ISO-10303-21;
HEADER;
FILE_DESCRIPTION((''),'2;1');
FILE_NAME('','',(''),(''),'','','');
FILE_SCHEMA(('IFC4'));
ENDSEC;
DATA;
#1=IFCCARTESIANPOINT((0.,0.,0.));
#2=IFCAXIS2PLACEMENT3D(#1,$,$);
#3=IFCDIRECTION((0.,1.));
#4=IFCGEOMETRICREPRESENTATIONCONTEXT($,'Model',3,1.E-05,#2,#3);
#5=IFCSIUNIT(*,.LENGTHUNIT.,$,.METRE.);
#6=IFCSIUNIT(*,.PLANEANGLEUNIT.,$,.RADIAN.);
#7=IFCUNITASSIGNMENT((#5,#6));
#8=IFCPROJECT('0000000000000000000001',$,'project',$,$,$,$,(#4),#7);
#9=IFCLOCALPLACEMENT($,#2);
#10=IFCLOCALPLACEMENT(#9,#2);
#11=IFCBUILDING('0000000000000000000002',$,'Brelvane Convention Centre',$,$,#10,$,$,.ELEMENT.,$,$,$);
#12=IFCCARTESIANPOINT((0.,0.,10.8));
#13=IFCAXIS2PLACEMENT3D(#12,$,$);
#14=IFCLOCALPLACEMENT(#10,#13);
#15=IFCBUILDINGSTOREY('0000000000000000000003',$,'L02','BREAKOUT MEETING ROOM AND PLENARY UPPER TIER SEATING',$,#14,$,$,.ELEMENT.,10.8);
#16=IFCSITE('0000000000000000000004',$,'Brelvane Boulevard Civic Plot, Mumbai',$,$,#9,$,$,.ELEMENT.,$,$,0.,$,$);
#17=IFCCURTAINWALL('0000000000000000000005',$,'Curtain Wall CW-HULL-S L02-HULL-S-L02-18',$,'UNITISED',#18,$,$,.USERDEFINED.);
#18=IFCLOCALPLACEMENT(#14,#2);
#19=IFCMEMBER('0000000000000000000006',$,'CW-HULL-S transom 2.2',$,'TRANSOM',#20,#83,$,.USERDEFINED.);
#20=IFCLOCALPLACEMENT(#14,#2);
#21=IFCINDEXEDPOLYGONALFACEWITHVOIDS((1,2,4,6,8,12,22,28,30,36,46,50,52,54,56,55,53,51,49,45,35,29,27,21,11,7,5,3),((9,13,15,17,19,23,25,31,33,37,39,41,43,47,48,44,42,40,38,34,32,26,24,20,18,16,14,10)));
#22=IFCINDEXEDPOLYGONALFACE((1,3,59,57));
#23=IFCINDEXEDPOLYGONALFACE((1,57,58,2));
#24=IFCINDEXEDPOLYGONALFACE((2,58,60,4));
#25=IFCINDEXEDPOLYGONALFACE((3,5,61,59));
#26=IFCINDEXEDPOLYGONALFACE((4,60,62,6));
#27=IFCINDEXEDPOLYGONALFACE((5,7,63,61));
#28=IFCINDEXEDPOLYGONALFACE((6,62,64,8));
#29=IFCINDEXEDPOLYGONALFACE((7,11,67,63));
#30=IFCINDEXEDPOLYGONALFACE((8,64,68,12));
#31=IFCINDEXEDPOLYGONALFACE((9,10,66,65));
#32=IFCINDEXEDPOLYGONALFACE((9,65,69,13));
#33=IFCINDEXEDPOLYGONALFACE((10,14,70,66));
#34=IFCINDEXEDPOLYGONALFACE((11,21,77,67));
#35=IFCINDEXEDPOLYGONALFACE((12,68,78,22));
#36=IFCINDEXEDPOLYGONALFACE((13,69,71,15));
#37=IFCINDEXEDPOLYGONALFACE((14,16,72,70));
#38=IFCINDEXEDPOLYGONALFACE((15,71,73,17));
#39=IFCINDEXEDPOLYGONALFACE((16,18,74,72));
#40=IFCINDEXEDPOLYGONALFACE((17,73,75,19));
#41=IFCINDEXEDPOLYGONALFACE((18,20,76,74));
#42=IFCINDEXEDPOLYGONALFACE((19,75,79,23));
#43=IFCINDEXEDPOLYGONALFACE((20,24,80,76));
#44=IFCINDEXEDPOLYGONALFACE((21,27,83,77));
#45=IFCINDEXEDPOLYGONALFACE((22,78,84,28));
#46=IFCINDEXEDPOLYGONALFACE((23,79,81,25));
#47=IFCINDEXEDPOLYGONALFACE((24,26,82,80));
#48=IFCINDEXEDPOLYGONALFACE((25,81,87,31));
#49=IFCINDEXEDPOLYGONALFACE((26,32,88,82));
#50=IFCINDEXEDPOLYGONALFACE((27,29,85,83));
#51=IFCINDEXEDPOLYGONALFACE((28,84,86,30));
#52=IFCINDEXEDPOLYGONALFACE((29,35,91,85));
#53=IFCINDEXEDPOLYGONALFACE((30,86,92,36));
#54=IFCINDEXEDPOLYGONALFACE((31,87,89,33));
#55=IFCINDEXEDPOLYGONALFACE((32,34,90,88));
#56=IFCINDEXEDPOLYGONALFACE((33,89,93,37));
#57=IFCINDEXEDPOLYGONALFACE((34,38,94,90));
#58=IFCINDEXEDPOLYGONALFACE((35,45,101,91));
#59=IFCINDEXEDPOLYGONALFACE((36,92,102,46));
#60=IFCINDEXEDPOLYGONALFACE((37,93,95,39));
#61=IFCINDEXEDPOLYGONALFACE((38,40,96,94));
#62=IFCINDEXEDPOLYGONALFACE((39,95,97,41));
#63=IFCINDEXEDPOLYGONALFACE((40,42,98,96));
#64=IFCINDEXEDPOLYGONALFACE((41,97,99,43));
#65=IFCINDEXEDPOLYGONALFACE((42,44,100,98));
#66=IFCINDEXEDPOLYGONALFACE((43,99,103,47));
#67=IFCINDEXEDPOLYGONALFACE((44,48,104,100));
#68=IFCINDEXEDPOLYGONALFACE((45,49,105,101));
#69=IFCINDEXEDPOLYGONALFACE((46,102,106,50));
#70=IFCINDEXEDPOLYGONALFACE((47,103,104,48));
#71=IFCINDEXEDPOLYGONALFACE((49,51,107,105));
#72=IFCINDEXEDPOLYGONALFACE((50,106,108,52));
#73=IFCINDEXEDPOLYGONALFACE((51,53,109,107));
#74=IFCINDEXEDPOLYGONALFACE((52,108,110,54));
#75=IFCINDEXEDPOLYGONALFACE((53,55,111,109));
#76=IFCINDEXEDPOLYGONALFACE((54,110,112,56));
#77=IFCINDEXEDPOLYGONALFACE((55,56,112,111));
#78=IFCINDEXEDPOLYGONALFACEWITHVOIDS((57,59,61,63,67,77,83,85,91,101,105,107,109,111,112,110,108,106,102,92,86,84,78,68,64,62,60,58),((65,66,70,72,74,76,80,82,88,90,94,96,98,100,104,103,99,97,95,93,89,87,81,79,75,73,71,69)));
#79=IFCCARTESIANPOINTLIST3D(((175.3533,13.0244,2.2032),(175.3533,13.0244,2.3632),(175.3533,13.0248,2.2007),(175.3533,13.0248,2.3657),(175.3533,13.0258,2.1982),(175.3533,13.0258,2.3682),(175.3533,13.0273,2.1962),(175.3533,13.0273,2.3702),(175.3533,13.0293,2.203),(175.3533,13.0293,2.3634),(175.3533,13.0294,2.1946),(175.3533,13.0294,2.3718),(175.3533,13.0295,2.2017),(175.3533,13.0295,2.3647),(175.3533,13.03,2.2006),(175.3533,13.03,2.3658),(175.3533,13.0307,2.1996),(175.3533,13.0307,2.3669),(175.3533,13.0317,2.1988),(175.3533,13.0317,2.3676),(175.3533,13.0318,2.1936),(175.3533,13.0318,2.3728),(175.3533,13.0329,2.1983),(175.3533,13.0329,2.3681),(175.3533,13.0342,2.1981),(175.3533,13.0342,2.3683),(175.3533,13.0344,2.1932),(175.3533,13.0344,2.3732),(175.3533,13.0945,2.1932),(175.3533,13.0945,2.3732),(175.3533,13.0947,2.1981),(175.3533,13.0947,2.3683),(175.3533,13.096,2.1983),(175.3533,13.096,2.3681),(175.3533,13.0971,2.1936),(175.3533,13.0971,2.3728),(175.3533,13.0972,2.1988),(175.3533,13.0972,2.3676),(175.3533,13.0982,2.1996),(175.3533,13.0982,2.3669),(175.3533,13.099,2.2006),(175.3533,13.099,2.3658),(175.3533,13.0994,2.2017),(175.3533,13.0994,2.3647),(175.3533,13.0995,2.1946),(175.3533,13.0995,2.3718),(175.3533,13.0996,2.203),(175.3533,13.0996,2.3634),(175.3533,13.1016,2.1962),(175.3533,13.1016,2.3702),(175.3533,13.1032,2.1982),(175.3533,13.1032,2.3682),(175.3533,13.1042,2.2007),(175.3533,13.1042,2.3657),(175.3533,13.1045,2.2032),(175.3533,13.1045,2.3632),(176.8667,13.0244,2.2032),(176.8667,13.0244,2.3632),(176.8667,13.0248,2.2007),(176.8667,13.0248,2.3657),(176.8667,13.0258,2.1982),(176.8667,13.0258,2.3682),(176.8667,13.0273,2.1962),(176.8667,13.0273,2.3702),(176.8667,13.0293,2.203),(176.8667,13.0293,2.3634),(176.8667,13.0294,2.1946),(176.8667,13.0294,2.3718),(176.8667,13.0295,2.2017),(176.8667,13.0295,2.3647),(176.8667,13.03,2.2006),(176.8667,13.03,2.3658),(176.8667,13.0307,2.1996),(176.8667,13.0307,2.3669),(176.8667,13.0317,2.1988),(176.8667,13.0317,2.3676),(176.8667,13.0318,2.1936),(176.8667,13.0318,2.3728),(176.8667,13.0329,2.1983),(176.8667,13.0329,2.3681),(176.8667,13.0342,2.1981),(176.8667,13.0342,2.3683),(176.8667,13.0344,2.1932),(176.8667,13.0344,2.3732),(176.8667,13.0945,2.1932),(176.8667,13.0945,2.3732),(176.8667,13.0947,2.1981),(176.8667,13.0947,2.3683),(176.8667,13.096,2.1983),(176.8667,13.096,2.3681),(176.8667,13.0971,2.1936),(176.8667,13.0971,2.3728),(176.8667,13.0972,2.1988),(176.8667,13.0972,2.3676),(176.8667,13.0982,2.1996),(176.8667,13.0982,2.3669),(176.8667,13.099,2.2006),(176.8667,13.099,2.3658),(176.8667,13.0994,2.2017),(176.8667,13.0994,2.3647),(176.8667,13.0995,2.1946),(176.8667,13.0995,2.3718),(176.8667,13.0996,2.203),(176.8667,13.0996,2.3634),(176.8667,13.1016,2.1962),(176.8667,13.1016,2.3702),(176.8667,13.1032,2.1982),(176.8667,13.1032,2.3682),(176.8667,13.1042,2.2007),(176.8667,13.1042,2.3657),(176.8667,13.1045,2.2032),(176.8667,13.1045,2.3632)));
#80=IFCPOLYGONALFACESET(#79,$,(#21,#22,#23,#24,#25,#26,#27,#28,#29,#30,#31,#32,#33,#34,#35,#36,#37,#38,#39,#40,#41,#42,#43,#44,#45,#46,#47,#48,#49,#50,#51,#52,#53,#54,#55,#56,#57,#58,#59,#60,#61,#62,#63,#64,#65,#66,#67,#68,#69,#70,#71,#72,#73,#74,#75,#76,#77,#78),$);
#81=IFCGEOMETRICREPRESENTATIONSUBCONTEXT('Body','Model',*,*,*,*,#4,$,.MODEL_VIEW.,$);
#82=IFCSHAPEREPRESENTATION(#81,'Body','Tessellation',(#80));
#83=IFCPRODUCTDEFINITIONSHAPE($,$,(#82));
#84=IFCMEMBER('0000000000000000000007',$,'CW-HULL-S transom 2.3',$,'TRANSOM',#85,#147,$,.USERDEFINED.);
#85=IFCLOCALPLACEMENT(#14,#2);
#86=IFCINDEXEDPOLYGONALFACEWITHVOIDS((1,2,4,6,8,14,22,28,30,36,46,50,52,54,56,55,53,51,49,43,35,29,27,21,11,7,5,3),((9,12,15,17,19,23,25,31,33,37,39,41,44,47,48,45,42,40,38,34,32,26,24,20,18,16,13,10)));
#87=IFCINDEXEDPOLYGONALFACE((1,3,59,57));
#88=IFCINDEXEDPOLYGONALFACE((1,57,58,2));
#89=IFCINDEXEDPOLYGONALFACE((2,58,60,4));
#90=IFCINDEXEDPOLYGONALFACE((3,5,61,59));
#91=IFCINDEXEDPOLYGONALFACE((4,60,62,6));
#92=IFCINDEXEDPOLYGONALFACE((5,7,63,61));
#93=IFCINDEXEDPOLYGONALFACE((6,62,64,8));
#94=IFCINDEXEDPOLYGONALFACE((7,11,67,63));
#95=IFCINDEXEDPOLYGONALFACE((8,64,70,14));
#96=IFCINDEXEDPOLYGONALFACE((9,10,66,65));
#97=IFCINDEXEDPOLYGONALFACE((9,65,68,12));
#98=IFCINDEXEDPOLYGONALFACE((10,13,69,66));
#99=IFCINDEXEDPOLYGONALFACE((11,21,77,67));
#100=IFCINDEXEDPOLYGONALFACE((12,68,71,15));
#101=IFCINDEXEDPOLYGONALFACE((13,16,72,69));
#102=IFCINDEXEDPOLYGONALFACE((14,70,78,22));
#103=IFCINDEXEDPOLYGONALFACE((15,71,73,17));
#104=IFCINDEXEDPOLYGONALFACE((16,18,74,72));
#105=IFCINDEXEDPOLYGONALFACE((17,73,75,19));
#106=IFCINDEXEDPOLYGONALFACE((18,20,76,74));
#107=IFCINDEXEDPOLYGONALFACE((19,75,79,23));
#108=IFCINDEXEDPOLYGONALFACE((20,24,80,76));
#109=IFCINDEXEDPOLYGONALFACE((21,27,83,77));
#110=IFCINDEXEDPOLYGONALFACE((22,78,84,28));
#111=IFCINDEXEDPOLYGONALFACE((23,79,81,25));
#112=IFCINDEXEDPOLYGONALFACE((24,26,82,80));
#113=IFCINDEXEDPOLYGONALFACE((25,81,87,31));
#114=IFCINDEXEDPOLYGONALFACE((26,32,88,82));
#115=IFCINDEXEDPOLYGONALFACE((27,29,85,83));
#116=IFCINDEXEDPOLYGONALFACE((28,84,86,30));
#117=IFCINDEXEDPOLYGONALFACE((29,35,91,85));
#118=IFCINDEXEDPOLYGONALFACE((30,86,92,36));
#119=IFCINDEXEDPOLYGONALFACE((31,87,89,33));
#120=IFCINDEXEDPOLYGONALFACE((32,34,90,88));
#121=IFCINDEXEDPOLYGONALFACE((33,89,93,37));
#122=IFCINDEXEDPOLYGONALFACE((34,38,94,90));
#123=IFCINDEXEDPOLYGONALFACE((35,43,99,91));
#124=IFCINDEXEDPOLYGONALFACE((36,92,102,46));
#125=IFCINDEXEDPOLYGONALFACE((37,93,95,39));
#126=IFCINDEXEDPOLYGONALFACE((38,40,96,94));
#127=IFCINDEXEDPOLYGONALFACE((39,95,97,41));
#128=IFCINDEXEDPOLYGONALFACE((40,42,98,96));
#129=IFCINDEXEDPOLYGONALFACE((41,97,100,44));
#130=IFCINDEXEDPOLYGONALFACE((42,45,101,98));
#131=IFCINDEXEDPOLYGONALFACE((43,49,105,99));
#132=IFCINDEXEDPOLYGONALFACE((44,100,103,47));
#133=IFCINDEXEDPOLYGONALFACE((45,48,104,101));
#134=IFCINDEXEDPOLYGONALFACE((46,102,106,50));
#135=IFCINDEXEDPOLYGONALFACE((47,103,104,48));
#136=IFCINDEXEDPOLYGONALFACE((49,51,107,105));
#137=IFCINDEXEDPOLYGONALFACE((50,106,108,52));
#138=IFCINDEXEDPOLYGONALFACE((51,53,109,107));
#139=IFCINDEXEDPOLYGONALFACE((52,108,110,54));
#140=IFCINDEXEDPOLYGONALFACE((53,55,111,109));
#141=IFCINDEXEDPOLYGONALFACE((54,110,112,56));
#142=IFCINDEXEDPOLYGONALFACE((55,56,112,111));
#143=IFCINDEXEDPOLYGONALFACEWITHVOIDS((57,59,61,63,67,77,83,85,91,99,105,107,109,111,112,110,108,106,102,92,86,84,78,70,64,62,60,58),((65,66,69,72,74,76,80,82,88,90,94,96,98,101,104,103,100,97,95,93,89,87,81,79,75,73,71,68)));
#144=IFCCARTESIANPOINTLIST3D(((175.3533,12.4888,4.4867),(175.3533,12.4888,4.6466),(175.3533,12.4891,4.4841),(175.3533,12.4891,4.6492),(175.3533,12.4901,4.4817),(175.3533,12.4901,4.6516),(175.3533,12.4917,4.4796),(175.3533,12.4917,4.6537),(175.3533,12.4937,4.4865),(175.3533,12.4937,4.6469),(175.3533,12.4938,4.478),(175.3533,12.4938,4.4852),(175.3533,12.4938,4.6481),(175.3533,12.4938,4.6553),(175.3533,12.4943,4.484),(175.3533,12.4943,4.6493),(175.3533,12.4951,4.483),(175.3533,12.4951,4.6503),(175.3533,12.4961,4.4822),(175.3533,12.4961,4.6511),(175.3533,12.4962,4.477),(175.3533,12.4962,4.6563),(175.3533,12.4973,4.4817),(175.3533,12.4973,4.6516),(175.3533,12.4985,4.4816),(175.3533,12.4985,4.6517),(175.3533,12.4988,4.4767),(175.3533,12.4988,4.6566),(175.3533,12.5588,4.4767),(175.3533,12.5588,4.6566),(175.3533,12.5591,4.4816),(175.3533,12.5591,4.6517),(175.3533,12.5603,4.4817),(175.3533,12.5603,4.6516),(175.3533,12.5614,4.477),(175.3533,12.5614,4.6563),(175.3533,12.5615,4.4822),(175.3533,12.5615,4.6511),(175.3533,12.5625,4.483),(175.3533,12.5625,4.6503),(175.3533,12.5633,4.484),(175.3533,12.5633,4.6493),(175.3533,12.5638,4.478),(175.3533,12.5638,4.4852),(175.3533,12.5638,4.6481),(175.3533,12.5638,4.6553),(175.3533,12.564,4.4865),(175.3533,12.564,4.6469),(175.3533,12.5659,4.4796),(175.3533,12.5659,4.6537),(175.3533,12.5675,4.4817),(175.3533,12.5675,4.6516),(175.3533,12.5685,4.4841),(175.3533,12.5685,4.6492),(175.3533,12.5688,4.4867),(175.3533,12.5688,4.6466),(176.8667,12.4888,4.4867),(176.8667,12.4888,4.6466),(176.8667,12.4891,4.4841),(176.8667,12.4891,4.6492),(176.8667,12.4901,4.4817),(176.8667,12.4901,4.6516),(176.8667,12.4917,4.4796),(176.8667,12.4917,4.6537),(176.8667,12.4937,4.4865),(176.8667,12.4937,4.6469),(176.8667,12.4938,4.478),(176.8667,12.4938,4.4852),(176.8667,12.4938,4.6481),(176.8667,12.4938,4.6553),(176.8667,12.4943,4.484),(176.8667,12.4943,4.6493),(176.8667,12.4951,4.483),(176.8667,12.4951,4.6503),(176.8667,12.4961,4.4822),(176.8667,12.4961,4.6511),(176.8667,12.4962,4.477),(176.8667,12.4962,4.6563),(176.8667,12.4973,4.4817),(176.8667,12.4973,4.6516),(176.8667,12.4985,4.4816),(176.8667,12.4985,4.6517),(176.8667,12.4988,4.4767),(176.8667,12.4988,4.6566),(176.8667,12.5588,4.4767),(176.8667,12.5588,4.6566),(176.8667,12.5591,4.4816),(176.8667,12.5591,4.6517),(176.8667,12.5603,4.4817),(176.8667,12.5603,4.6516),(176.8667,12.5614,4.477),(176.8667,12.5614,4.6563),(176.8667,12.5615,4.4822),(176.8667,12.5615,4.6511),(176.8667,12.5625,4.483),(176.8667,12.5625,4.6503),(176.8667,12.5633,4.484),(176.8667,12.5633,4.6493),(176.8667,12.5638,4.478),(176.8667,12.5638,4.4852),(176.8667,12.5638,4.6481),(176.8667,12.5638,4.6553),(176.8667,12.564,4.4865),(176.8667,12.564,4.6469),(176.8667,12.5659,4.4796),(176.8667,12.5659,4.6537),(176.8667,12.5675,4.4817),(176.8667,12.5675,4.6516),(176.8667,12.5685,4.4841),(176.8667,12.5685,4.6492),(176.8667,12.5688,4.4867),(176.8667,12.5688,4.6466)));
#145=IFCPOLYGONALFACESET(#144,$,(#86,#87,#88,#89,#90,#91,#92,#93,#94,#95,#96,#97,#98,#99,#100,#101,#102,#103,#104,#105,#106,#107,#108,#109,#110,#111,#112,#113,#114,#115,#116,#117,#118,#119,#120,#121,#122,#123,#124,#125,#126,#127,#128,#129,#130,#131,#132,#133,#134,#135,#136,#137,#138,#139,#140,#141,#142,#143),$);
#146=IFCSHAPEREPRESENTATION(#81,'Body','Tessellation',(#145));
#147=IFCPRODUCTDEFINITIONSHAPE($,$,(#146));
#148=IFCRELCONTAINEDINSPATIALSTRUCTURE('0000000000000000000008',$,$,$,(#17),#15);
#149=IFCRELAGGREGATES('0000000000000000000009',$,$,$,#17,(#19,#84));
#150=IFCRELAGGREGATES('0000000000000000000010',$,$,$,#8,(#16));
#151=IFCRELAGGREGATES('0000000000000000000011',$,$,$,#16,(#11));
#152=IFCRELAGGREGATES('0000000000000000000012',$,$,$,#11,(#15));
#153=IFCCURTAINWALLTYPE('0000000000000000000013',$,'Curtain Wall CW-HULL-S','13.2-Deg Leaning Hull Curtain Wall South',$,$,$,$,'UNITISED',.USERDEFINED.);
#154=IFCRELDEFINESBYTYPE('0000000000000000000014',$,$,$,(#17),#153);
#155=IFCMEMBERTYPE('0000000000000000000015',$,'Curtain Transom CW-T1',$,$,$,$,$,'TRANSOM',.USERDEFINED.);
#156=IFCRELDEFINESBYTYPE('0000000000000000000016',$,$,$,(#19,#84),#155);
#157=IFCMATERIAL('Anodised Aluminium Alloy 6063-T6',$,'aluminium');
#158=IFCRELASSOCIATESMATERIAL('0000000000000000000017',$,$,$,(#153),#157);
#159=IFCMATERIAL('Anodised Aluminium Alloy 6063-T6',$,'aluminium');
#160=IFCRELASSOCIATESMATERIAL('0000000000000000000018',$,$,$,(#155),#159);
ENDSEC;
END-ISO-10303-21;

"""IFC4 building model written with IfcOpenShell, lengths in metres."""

from ifc_helpers import new_model, si_unit, direction, frame, origin, origin_2d, place, context, subcontext, project, spatial, hollow_rectangle, extrude, material, material_profile, profile_set, type_object, element, aggregate, save


model = new_model("IFC4")

# Units and contexts
model_context = context("Model", 3, precision=1e-05, world=origin(), true_north=direction((0.0, 1.0)))
body_context = subcontext(model_context, "Body", "Model", "MODEL_VIEW")
ifc_project = project(units=[si_unit("LENGTHUNIT", "METRE"), si_unit("PLANEANGLEUNIT", "RADIAN")], contexts=[model_context])

# Site, building, storey
site_placement = place(None, origin())
site = spatial("IfcSite", under=ifc_project, at=site_placement, Name="Brelvane Boulevard Civic Plot, Mumbai", CompositionType="ELEMENT", RefElevation=0.0)
building_placement = place(site_placement, origin())
building = spatial("IfcBuilding", under=site, at=building_placement, Name="Brelvane Convention Centre", CompositionType="ELEMENT")
storey_placement = place(building_placement, frame((0.0, 0.0, 10.8)))
storey = spatial("IfcBuildingStorey", under=building, at=storey_placement, Name="L02", Description="BREAKOUT MEETING ROOM AND PLENARY UPPER TIER SEATING", CompositionType="ELEMENT", Elevation=10.8)

# Curtain wall, members
ifc_material_1 = material(Name="Anodised Aluminium Alloy 6063-T6", Category="aluminium")
curtain_wall_type = type_object("IfcCurtainWallType", Name="Curtain Wall CW-HULL-S", Description="13.2-Deg Leaning Hull Curtain Wall South", ElementType="UNITISED", PredefinedType="USERDEFINED", material=ifc_material_1)
ifc_material_2 = material(Name="Anodised Aluminium Alloy 6063-T6", Category="aluminium")
ifc_material_profile = material_profile(ifc_material_2, hollow_rectangle(XDim=0.0801, YDim=0.1799, WallThickness=0.0049, InnerFilletRadius=0.0049, OuterFilletRadius=0.01, at=origin_2d()), Name="ALU-T 180x80x5.0")
ifc_profile_set = profile_set([ifc_material_profile], Name="Anodised Aluminium Alloy 6063-T6")
member_type = type_object("IfcMemberType", Name="Curtain Transom CW-T1", ElementType="TRANSOM", PredefinedType="USERDEFINED", material=ifc_profile_set)
curtain_wall_1_placement = place(storey_placement, origin())
curtain_wall_1 = element("IfcCurtainWall", 1, at=curtain_wall_1_placement, inside=storey, type_object=curtain_wall_type, Name="Curtain Wall CW-HULL-S L02-HULL-S-L02-18", ObjectType="UNITISED", PredefinedType="USERDEFINED")
member_1_placement = place(storey_placement, frame((175.3533, 13.0645, 2.2832), z_axis=(1.0, 0.0, 0.0), x_axis=(0.0, 1.0, 0.0)))
member_1 = element("IfcMember", 2, at=member_1_placement, type_object=member_type, Name="CW-HULL-S transom 2.2", ObjectType="TRANSOM", PredefinedType="USERDEFINED", context=body_context, shape_type="SweptSolid", body=[
    extrude(hollow_rectangle(XDim=0.0801, YDim=0.1799, WallThickness=0.0049, InnerFilletRadius=0.0049, OuterFilletRadius=0.01, at=origin_2d()), origin(), (0.0, 0.0, 1.0), 1.5134),
])
member_2_placement = place(storey_placement, frame((175.3533, 12.5288, 4.5667), z_axis=(1.0, 0.0, 0.0), x_axis=(0.0, 1.0, 0.0)))
member_2 = element("IfcMember", 3, at=member_2_placement, type_object=member_type, Name="CW-HULL-S transom 2.3", ObjectType="TRANSOM", PredefinedType="USERDEFINED", context=body_context, shape_type="SweptSolid", body=[
    extrude(hollow_rectangle(XDim=0.0801, YDim=0.1799, WallThickness=0.0049, InnerFilletRadius=0.0049, OuterFilletRadius=0.01, at=origin_2d()), origin(), (0.0, 0.0, 1.0), 1.5134),
])

aggregate(curtain_wall_1, [member_1, member_2])

save(model, "model.ifc")
